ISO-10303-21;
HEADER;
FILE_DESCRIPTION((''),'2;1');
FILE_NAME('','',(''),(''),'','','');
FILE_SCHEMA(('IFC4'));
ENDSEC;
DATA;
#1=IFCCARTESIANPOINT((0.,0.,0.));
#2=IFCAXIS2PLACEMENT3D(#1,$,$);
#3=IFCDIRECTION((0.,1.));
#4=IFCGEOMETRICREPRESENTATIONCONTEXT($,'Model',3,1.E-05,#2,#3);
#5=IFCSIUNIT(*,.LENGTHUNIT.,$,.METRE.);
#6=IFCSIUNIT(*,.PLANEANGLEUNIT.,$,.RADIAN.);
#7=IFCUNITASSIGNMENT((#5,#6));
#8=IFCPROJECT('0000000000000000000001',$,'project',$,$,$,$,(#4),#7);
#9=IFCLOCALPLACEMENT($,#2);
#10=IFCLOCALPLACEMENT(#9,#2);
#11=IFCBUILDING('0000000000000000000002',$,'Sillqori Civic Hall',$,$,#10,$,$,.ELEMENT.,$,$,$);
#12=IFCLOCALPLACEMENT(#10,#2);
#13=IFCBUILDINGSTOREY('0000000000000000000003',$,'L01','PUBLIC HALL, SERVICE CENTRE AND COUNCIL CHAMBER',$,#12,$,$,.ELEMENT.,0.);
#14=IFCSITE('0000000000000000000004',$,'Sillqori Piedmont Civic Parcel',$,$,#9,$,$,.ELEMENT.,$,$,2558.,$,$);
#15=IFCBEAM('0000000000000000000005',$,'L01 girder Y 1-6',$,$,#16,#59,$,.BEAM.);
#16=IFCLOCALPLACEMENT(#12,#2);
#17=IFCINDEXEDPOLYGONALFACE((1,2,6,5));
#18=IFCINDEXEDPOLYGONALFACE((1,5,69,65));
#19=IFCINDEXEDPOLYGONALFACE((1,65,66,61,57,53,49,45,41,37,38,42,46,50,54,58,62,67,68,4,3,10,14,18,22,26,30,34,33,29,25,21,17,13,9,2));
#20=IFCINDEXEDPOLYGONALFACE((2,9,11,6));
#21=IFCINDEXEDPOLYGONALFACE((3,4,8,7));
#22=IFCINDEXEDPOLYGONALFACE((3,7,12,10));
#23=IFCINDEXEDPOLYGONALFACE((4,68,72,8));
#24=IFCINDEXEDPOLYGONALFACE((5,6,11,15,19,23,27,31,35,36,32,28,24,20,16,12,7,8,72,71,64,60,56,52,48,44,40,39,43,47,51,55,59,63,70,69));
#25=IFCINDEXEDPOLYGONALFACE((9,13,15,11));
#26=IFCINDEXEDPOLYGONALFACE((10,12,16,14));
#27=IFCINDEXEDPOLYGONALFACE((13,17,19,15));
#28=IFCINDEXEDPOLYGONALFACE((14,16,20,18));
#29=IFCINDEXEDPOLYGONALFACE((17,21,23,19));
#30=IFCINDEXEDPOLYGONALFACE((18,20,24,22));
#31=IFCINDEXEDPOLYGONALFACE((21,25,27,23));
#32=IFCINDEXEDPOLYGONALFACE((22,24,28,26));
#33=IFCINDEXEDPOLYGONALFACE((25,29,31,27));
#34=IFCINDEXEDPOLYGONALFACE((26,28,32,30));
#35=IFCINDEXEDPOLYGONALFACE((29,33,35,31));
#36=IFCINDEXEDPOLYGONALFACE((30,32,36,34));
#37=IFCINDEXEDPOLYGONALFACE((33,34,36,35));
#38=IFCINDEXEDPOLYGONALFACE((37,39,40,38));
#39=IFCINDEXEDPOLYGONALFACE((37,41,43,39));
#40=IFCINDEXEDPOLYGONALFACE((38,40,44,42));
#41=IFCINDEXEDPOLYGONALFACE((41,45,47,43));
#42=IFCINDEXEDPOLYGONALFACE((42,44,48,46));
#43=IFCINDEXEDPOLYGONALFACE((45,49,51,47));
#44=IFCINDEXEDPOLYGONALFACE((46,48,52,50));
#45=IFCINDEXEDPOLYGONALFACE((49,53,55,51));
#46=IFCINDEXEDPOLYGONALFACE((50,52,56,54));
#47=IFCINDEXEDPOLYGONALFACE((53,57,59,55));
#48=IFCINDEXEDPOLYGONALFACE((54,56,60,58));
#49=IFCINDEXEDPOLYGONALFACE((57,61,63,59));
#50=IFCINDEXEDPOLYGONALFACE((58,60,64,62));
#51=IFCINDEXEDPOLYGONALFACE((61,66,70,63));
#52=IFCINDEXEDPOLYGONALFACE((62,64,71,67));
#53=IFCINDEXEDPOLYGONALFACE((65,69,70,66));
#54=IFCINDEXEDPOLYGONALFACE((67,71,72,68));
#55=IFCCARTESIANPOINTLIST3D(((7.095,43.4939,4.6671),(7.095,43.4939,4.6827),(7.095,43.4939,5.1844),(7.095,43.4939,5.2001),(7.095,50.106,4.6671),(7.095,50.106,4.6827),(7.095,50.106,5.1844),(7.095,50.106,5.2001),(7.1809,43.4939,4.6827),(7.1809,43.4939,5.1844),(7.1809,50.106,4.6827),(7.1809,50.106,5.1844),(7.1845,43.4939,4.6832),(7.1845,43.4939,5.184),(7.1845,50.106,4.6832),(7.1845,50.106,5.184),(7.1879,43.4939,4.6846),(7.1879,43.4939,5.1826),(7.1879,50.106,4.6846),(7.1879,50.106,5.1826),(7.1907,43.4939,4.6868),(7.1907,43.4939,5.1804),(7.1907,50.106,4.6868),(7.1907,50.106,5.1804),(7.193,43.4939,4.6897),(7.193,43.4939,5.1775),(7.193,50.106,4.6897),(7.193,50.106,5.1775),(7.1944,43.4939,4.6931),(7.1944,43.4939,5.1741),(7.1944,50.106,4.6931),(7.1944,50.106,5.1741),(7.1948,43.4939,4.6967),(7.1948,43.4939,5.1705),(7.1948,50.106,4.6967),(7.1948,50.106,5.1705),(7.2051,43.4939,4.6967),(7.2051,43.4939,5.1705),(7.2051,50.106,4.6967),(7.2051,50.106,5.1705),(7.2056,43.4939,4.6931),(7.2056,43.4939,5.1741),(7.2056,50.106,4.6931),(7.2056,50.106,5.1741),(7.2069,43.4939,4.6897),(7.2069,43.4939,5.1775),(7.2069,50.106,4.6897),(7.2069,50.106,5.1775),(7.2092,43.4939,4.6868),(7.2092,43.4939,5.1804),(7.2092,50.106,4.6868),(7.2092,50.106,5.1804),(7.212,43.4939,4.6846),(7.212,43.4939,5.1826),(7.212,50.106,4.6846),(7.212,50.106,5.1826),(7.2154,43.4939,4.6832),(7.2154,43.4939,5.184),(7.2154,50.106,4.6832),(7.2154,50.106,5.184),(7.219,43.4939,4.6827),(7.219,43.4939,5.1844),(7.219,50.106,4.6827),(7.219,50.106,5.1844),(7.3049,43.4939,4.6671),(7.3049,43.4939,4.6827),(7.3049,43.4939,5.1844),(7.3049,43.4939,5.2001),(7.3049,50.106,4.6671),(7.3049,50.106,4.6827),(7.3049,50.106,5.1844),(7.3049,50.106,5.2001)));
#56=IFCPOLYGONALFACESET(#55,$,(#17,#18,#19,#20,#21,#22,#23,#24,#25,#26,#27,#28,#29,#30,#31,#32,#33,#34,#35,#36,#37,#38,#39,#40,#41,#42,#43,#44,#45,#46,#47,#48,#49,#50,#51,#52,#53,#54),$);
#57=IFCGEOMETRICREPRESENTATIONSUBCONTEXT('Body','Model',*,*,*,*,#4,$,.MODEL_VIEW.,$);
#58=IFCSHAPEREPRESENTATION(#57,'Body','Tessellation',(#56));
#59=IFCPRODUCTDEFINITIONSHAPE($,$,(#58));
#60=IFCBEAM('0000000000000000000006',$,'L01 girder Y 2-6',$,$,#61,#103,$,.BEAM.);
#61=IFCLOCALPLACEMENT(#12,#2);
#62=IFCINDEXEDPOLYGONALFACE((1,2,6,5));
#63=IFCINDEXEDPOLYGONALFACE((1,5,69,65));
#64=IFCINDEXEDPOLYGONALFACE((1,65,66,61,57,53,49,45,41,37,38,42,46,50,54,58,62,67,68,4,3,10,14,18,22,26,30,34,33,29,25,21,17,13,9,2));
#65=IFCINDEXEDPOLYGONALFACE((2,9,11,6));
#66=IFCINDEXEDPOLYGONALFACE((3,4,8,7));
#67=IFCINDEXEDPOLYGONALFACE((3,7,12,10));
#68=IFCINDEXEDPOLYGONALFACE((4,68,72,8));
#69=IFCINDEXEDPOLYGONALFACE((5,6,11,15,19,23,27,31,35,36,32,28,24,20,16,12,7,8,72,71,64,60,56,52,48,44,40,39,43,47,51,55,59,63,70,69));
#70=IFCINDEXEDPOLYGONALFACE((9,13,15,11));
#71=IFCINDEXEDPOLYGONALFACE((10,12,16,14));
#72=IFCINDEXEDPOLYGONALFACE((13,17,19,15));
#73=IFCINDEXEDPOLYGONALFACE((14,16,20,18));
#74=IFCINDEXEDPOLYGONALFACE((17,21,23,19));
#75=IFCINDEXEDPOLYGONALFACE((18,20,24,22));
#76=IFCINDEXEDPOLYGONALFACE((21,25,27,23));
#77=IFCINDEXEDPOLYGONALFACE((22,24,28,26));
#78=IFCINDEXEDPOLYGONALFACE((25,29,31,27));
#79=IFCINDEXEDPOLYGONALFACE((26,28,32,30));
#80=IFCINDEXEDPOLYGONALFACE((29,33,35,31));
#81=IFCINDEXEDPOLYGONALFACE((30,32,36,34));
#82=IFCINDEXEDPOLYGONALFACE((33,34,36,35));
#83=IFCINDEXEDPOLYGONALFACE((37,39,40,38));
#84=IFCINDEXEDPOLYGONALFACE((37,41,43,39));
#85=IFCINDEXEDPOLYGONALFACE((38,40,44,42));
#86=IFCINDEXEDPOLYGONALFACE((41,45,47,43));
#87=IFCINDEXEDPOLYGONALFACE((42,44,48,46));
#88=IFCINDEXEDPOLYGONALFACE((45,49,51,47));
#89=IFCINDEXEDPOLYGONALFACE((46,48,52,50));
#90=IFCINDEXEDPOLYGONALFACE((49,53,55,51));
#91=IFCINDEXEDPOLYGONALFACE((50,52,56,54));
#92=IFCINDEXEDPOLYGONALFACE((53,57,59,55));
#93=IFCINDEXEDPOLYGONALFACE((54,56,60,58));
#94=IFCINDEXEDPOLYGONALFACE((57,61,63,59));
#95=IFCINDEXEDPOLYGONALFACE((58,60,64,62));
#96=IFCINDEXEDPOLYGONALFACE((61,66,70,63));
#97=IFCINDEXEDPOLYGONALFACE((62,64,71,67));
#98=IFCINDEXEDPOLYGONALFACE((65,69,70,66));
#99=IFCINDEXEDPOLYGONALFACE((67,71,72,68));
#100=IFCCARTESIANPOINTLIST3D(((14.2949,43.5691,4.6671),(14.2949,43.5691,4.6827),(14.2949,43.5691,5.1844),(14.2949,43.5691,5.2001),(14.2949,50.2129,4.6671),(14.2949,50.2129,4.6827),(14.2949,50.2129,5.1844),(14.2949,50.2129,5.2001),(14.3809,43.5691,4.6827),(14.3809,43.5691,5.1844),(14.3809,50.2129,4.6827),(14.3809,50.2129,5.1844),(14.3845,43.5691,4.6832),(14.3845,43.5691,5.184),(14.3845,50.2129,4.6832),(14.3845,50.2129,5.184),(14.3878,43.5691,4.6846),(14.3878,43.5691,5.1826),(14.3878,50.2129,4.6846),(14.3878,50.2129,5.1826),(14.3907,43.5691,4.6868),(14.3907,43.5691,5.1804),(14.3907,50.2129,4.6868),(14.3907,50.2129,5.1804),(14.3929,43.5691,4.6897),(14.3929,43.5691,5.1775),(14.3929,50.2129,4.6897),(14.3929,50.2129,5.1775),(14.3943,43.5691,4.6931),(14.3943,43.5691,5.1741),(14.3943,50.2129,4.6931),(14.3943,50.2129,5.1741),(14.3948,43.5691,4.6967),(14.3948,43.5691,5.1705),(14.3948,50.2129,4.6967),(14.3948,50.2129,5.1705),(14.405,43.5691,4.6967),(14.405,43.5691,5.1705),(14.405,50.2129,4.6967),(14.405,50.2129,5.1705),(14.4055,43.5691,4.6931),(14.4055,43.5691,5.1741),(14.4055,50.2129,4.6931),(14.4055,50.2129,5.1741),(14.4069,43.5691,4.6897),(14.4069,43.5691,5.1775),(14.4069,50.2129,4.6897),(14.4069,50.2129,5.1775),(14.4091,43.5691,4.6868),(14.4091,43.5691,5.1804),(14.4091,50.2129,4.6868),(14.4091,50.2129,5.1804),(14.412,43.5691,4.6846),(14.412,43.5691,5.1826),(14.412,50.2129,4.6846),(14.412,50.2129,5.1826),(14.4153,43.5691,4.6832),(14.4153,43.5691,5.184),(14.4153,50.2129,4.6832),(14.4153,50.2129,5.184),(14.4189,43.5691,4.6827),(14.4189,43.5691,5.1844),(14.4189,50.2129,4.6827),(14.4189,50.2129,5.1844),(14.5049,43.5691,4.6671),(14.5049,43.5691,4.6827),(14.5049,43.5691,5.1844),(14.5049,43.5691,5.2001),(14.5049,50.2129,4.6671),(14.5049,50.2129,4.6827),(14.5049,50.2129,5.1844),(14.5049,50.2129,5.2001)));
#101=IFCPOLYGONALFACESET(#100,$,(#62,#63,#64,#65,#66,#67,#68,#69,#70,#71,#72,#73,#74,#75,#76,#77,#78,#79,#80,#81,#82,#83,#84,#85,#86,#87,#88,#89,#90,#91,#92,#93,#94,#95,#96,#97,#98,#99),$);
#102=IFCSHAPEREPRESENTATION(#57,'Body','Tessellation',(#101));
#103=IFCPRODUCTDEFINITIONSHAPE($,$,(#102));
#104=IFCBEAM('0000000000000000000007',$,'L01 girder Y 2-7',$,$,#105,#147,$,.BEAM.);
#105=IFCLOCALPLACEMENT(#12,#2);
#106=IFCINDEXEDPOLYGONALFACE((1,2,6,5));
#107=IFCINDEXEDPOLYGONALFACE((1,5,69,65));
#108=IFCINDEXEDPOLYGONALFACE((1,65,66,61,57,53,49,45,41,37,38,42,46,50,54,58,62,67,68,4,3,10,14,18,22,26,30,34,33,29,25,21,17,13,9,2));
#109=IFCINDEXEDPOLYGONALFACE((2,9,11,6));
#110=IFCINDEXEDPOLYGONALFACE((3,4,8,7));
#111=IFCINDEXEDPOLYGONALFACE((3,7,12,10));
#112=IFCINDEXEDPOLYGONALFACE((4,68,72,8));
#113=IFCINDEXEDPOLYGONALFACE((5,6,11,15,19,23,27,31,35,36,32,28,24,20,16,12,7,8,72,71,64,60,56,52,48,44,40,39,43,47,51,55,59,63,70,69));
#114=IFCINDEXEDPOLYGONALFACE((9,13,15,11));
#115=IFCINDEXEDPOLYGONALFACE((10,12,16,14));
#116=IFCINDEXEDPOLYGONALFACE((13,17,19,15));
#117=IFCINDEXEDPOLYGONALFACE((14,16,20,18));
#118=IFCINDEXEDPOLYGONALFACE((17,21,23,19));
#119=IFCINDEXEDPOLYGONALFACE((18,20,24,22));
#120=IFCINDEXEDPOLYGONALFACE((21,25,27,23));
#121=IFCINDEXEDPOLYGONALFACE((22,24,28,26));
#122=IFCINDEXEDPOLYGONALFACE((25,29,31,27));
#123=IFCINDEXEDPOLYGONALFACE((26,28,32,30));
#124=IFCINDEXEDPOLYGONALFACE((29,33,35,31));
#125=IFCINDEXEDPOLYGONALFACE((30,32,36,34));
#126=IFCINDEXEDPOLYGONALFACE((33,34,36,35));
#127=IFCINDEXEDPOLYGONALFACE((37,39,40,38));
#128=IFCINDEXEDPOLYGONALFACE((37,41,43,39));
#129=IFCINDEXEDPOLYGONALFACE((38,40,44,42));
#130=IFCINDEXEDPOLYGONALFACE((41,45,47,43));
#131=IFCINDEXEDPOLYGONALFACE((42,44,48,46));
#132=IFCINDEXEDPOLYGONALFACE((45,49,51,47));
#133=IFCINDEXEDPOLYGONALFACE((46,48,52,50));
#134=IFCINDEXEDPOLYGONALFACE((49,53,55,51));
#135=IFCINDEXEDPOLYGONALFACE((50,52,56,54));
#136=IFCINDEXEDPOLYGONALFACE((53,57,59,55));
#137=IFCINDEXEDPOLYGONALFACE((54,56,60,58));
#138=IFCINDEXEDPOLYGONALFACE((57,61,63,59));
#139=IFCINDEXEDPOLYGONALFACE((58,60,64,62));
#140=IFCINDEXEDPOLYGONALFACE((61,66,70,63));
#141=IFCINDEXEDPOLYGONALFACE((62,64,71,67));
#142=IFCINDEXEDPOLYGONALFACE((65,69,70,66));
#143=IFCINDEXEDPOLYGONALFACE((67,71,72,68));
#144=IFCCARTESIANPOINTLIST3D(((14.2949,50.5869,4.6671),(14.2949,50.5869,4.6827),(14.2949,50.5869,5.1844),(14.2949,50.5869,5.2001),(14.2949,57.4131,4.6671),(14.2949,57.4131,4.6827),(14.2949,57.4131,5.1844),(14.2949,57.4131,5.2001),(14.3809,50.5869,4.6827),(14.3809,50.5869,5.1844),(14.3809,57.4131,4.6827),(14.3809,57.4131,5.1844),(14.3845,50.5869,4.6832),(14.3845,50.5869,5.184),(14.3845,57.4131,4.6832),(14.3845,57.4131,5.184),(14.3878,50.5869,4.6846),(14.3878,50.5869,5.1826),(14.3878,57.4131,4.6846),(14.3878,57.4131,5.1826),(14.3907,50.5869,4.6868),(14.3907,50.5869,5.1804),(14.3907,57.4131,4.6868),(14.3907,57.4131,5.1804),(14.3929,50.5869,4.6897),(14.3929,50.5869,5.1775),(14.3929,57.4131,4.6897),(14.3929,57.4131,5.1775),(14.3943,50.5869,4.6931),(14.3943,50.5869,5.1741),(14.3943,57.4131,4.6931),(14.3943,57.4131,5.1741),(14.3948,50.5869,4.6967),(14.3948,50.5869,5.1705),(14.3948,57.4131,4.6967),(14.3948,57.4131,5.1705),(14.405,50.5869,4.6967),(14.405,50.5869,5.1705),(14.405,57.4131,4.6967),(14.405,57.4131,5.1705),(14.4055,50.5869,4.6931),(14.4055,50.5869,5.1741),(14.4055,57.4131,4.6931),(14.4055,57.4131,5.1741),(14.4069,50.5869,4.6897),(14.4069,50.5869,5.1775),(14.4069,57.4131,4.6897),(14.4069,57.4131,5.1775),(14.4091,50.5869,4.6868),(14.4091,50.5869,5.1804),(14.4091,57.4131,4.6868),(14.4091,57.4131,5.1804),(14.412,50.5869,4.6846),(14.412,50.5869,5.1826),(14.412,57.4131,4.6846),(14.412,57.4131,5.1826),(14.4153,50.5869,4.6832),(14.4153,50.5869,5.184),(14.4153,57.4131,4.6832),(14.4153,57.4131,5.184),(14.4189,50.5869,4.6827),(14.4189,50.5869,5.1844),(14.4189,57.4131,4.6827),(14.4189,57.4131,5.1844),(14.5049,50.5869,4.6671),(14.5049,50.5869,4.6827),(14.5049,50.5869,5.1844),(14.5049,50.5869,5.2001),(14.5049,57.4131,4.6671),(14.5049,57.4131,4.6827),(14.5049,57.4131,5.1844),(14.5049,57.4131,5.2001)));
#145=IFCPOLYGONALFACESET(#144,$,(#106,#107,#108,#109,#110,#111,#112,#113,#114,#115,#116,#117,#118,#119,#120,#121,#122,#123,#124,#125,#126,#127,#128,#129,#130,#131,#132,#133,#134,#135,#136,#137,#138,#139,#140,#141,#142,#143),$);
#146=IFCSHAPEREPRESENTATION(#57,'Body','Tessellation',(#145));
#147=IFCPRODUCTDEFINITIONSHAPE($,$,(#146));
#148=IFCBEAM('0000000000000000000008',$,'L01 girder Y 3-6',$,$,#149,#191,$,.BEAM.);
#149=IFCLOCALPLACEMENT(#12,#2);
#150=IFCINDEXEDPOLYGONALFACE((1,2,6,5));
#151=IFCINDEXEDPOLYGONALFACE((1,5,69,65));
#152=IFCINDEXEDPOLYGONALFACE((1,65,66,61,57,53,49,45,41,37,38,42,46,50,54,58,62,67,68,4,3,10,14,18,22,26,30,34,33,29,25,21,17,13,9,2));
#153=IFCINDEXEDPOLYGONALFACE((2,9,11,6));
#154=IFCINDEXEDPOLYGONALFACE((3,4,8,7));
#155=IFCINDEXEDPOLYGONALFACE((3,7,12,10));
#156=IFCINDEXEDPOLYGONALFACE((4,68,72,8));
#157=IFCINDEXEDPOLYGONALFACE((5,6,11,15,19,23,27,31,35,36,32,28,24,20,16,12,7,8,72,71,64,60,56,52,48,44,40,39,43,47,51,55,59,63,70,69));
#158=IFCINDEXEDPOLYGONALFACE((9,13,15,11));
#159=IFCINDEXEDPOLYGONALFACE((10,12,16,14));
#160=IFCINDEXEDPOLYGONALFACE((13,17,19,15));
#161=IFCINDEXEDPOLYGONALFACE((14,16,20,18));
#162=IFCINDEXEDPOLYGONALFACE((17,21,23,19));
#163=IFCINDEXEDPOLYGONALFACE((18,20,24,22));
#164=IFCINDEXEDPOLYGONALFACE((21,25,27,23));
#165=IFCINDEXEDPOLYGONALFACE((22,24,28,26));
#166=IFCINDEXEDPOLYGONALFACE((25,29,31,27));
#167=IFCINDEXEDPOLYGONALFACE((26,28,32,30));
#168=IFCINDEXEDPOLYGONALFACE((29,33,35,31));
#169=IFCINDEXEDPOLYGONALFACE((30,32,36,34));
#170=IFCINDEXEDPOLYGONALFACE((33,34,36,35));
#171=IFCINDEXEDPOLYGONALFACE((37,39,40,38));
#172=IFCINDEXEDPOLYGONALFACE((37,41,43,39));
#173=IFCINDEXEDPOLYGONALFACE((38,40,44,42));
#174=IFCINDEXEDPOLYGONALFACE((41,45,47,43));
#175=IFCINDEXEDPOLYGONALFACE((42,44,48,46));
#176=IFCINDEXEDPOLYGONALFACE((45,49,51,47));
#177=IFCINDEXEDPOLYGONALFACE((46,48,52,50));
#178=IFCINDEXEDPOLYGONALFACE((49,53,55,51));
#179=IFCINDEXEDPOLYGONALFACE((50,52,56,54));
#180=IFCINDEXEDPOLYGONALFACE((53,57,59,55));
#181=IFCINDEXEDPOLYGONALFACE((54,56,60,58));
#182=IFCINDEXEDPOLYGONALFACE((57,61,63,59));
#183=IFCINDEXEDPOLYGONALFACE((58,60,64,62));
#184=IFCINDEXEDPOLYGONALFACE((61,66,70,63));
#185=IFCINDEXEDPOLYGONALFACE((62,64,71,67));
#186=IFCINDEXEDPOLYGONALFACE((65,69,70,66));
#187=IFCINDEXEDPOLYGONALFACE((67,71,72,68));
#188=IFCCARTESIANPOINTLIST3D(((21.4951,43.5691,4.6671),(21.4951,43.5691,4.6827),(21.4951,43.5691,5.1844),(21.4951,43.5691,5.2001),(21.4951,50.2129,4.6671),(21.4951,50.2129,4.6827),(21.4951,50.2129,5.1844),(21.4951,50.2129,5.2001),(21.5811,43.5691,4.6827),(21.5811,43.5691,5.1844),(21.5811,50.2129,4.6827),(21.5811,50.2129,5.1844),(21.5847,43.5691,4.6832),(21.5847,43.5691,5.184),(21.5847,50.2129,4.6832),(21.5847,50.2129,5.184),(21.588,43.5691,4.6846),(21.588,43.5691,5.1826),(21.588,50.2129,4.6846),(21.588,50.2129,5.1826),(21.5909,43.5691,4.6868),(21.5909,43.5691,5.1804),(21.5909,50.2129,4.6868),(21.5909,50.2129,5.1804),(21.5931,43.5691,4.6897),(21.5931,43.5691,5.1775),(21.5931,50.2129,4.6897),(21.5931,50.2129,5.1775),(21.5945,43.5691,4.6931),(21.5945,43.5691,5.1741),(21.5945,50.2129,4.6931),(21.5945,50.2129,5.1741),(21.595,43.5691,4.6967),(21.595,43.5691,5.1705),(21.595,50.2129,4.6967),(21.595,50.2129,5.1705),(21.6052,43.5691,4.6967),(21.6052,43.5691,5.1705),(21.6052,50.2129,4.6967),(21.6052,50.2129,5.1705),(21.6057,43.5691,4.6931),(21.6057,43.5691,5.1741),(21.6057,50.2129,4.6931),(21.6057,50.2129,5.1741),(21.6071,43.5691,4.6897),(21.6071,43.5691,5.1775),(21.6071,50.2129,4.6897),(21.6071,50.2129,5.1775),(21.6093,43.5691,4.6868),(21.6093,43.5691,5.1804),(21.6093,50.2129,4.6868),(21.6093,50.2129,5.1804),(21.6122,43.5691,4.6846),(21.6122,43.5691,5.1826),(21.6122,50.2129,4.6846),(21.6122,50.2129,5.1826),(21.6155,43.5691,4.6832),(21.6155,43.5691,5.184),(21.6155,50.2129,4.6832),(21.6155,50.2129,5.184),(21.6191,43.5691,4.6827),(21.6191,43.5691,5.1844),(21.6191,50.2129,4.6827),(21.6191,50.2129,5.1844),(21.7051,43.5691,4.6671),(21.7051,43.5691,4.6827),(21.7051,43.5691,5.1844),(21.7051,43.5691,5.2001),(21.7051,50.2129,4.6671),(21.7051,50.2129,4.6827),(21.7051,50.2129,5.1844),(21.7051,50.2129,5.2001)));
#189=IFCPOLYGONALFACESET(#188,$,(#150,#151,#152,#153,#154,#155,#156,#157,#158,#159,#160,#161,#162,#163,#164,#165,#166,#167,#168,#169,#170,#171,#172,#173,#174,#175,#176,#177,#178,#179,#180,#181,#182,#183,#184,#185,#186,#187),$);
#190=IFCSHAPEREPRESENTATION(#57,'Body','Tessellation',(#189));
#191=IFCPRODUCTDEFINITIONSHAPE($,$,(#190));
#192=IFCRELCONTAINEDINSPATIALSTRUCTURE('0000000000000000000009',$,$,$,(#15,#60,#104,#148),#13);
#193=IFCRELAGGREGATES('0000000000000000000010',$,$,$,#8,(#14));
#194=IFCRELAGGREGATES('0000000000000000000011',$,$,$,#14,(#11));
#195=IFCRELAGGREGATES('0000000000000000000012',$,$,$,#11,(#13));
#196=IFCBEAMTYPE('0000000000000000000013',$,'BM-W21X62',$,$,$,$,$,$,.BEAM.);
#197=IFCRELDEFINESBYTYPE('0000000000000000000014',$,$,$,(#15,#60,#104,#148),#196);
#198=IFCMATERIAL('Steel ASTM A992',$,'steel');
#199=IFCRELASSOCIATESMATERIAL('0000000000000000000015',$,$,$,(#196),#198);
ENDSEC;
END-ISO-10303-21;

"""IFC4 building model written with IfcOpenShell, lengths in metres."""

from ifc_helpers import new_model, si_unit, direction, frame, origin, origin_2d, place, context, subcontext, project, spatial, i_section, extrude, material, material_profile, profile_set, type_object, element, save


model = new_model("IFC4")

# Units and contexts
model_context = context("Model", 3, precision=1e-05, world=origin(), true_north=direction((0.0, 1.0)))
body_context = subcontext(model_context, "Body", "Model", "MODEL_VIEW")
ifc_project = project(units=[si_unit("LENGTHUNIT", "METRE"), si_unit("PLANEANGLEUNIT", "RADIAN")], contexts=[model_context])

# Site, building, storey
site_placement = place(None, origin())
site = spatial("IfcSite", under=ifc_project, at=site_placement, Name="Sillqori Piedmont Civic Parcel", CompositionType="ELEMENT", RefElevation=2558.0)
building_placement = place(site_placement, origin())
building = spatial("IfcBuilding", under=site, at=building_placement, Name="Sillqori Civic Hall", CompositionType="ELEMENT")
storey_placement = place(building_placement, origin())
storey = spatial("IfcBuildingStorey", under=building, at=storey_placement, Name="L01", Description="PUBLIC HALL, SERVICE CENTRE AND COUNCIL CHAMBER", CompositionType="ELEMENT", Elevation=0.0)

# Shared definitions
ifc_material_1 = material(Name="Steel ASTM A992", Category="steel")

# Beams
ifc_material_profile_1 = material_profile(ifc_material_1, i_section(OverallWidth=0.21, OverallDepth=0.533, WebThickness=0.0103, FlangeThickness=0.0156, FilletRadius=0.0139, at=origin_2d()), Name="W21X62")
ifc_profile_set_1 = profile_set([ifc_material_profile_1], Name="Steel ASTM A992")
beam_type_1 = type_object("IfcBeamType", Name="BM-W21X62", PredefinedType="BEAM", material=ifc_profile_set_1)
beam_1_placement = place(storey_placement, frame((7.2, 43.4939, 4.9336), z_axis=(0.0, 1.0, 0.0), x_axis=(-1.0, 0.0, 0.0)))
element("IfcBeam", 1, at=beam_1_placement, inside=storey, type_object=beam_type_1, Name="L01 girder Y 1-6", PredefinedType="BEAM", context=body_context, shape_type="SweptSolid", body=[
    extrude(i_section(OverallWidth=0.21, OverallDepth=0.533, WebThickness=0.0103, FlangeThickness=0.0156, FilletRadius=0.0139, at=origin_2d()), origin(), (0.0, 0.0, 1.0), 6.6121),
])
beam_2_placement = place(storey_placement, frame((14.3999, 43.5691, 4.9336), z_axis=(0.0, 1.0, 0.0), x_axis=(-1.0, 0.0, 0.0)))
element("IfcBeam", 2, at=beam_2_placement, inside=storey, type_object=beam_type_1, Name="L01 girder Y 2-6", PredefinedType="BEAM", context=body_context, shape_type="SweptSolid", body=[
    extrude(i_section(OverallWidth=0.21, OverallDepth=0.533, WebThickness=0.0103, FlangeThickness=0.0156, FilletRadius=0.0139, at=origin_2d()), origin(), (0.0, 0.0, 1.0), 6.6438),
])
beam_3_placement = place(storey_placement, frame((14.3999, 50.5869, 4.9336), z_axis=(0.0, 1.0, 0.0), x_axis=(-1.0, 0.0, 0.0)))
element("IfcBeam", 3, at=beam_3_placement, inside=storey, type_object=beam_type_1, Name="L01 girder Y 2-7", PredefinedType="BEAM", context=body_context, shape_type="SweptSolid", body=[
    extrude(i_section(OverallWidth=0.21, OverallDepth=0.533, WebThickness=0.0103, FlangeThickness=0.0156, FilletRadius=0.0139, at=origin_2d()), origin(), (0.0, 0.0, 1.0), 6.8262),
])
beam_4_placement = place(storey_placement, frame((21.6001, 43.5691, 4.9336), z_axis=(0.0, 1.0, 0.0), x_axis=(-1.0, 0.0, 0.0)))
element("IfcBeam", 4, at=beam_4_placement, inside=storey, type_object=beam_type_1, Name="L01 girder Y 3-6", PredefinedType="BEAM", context=body_context, shape_type="SweptSolid", body=[
    extrude(i_section(OverallWidth=0.21, OverallDepth=0.533, WebThickness=0.0103, FlangeThickness=0.0156, FilletRadius=0.0139, at=origin_2d()), origin(), (0.0, 0.0, 1.0), 6.6438),
])

save(model, "model.ifc")
